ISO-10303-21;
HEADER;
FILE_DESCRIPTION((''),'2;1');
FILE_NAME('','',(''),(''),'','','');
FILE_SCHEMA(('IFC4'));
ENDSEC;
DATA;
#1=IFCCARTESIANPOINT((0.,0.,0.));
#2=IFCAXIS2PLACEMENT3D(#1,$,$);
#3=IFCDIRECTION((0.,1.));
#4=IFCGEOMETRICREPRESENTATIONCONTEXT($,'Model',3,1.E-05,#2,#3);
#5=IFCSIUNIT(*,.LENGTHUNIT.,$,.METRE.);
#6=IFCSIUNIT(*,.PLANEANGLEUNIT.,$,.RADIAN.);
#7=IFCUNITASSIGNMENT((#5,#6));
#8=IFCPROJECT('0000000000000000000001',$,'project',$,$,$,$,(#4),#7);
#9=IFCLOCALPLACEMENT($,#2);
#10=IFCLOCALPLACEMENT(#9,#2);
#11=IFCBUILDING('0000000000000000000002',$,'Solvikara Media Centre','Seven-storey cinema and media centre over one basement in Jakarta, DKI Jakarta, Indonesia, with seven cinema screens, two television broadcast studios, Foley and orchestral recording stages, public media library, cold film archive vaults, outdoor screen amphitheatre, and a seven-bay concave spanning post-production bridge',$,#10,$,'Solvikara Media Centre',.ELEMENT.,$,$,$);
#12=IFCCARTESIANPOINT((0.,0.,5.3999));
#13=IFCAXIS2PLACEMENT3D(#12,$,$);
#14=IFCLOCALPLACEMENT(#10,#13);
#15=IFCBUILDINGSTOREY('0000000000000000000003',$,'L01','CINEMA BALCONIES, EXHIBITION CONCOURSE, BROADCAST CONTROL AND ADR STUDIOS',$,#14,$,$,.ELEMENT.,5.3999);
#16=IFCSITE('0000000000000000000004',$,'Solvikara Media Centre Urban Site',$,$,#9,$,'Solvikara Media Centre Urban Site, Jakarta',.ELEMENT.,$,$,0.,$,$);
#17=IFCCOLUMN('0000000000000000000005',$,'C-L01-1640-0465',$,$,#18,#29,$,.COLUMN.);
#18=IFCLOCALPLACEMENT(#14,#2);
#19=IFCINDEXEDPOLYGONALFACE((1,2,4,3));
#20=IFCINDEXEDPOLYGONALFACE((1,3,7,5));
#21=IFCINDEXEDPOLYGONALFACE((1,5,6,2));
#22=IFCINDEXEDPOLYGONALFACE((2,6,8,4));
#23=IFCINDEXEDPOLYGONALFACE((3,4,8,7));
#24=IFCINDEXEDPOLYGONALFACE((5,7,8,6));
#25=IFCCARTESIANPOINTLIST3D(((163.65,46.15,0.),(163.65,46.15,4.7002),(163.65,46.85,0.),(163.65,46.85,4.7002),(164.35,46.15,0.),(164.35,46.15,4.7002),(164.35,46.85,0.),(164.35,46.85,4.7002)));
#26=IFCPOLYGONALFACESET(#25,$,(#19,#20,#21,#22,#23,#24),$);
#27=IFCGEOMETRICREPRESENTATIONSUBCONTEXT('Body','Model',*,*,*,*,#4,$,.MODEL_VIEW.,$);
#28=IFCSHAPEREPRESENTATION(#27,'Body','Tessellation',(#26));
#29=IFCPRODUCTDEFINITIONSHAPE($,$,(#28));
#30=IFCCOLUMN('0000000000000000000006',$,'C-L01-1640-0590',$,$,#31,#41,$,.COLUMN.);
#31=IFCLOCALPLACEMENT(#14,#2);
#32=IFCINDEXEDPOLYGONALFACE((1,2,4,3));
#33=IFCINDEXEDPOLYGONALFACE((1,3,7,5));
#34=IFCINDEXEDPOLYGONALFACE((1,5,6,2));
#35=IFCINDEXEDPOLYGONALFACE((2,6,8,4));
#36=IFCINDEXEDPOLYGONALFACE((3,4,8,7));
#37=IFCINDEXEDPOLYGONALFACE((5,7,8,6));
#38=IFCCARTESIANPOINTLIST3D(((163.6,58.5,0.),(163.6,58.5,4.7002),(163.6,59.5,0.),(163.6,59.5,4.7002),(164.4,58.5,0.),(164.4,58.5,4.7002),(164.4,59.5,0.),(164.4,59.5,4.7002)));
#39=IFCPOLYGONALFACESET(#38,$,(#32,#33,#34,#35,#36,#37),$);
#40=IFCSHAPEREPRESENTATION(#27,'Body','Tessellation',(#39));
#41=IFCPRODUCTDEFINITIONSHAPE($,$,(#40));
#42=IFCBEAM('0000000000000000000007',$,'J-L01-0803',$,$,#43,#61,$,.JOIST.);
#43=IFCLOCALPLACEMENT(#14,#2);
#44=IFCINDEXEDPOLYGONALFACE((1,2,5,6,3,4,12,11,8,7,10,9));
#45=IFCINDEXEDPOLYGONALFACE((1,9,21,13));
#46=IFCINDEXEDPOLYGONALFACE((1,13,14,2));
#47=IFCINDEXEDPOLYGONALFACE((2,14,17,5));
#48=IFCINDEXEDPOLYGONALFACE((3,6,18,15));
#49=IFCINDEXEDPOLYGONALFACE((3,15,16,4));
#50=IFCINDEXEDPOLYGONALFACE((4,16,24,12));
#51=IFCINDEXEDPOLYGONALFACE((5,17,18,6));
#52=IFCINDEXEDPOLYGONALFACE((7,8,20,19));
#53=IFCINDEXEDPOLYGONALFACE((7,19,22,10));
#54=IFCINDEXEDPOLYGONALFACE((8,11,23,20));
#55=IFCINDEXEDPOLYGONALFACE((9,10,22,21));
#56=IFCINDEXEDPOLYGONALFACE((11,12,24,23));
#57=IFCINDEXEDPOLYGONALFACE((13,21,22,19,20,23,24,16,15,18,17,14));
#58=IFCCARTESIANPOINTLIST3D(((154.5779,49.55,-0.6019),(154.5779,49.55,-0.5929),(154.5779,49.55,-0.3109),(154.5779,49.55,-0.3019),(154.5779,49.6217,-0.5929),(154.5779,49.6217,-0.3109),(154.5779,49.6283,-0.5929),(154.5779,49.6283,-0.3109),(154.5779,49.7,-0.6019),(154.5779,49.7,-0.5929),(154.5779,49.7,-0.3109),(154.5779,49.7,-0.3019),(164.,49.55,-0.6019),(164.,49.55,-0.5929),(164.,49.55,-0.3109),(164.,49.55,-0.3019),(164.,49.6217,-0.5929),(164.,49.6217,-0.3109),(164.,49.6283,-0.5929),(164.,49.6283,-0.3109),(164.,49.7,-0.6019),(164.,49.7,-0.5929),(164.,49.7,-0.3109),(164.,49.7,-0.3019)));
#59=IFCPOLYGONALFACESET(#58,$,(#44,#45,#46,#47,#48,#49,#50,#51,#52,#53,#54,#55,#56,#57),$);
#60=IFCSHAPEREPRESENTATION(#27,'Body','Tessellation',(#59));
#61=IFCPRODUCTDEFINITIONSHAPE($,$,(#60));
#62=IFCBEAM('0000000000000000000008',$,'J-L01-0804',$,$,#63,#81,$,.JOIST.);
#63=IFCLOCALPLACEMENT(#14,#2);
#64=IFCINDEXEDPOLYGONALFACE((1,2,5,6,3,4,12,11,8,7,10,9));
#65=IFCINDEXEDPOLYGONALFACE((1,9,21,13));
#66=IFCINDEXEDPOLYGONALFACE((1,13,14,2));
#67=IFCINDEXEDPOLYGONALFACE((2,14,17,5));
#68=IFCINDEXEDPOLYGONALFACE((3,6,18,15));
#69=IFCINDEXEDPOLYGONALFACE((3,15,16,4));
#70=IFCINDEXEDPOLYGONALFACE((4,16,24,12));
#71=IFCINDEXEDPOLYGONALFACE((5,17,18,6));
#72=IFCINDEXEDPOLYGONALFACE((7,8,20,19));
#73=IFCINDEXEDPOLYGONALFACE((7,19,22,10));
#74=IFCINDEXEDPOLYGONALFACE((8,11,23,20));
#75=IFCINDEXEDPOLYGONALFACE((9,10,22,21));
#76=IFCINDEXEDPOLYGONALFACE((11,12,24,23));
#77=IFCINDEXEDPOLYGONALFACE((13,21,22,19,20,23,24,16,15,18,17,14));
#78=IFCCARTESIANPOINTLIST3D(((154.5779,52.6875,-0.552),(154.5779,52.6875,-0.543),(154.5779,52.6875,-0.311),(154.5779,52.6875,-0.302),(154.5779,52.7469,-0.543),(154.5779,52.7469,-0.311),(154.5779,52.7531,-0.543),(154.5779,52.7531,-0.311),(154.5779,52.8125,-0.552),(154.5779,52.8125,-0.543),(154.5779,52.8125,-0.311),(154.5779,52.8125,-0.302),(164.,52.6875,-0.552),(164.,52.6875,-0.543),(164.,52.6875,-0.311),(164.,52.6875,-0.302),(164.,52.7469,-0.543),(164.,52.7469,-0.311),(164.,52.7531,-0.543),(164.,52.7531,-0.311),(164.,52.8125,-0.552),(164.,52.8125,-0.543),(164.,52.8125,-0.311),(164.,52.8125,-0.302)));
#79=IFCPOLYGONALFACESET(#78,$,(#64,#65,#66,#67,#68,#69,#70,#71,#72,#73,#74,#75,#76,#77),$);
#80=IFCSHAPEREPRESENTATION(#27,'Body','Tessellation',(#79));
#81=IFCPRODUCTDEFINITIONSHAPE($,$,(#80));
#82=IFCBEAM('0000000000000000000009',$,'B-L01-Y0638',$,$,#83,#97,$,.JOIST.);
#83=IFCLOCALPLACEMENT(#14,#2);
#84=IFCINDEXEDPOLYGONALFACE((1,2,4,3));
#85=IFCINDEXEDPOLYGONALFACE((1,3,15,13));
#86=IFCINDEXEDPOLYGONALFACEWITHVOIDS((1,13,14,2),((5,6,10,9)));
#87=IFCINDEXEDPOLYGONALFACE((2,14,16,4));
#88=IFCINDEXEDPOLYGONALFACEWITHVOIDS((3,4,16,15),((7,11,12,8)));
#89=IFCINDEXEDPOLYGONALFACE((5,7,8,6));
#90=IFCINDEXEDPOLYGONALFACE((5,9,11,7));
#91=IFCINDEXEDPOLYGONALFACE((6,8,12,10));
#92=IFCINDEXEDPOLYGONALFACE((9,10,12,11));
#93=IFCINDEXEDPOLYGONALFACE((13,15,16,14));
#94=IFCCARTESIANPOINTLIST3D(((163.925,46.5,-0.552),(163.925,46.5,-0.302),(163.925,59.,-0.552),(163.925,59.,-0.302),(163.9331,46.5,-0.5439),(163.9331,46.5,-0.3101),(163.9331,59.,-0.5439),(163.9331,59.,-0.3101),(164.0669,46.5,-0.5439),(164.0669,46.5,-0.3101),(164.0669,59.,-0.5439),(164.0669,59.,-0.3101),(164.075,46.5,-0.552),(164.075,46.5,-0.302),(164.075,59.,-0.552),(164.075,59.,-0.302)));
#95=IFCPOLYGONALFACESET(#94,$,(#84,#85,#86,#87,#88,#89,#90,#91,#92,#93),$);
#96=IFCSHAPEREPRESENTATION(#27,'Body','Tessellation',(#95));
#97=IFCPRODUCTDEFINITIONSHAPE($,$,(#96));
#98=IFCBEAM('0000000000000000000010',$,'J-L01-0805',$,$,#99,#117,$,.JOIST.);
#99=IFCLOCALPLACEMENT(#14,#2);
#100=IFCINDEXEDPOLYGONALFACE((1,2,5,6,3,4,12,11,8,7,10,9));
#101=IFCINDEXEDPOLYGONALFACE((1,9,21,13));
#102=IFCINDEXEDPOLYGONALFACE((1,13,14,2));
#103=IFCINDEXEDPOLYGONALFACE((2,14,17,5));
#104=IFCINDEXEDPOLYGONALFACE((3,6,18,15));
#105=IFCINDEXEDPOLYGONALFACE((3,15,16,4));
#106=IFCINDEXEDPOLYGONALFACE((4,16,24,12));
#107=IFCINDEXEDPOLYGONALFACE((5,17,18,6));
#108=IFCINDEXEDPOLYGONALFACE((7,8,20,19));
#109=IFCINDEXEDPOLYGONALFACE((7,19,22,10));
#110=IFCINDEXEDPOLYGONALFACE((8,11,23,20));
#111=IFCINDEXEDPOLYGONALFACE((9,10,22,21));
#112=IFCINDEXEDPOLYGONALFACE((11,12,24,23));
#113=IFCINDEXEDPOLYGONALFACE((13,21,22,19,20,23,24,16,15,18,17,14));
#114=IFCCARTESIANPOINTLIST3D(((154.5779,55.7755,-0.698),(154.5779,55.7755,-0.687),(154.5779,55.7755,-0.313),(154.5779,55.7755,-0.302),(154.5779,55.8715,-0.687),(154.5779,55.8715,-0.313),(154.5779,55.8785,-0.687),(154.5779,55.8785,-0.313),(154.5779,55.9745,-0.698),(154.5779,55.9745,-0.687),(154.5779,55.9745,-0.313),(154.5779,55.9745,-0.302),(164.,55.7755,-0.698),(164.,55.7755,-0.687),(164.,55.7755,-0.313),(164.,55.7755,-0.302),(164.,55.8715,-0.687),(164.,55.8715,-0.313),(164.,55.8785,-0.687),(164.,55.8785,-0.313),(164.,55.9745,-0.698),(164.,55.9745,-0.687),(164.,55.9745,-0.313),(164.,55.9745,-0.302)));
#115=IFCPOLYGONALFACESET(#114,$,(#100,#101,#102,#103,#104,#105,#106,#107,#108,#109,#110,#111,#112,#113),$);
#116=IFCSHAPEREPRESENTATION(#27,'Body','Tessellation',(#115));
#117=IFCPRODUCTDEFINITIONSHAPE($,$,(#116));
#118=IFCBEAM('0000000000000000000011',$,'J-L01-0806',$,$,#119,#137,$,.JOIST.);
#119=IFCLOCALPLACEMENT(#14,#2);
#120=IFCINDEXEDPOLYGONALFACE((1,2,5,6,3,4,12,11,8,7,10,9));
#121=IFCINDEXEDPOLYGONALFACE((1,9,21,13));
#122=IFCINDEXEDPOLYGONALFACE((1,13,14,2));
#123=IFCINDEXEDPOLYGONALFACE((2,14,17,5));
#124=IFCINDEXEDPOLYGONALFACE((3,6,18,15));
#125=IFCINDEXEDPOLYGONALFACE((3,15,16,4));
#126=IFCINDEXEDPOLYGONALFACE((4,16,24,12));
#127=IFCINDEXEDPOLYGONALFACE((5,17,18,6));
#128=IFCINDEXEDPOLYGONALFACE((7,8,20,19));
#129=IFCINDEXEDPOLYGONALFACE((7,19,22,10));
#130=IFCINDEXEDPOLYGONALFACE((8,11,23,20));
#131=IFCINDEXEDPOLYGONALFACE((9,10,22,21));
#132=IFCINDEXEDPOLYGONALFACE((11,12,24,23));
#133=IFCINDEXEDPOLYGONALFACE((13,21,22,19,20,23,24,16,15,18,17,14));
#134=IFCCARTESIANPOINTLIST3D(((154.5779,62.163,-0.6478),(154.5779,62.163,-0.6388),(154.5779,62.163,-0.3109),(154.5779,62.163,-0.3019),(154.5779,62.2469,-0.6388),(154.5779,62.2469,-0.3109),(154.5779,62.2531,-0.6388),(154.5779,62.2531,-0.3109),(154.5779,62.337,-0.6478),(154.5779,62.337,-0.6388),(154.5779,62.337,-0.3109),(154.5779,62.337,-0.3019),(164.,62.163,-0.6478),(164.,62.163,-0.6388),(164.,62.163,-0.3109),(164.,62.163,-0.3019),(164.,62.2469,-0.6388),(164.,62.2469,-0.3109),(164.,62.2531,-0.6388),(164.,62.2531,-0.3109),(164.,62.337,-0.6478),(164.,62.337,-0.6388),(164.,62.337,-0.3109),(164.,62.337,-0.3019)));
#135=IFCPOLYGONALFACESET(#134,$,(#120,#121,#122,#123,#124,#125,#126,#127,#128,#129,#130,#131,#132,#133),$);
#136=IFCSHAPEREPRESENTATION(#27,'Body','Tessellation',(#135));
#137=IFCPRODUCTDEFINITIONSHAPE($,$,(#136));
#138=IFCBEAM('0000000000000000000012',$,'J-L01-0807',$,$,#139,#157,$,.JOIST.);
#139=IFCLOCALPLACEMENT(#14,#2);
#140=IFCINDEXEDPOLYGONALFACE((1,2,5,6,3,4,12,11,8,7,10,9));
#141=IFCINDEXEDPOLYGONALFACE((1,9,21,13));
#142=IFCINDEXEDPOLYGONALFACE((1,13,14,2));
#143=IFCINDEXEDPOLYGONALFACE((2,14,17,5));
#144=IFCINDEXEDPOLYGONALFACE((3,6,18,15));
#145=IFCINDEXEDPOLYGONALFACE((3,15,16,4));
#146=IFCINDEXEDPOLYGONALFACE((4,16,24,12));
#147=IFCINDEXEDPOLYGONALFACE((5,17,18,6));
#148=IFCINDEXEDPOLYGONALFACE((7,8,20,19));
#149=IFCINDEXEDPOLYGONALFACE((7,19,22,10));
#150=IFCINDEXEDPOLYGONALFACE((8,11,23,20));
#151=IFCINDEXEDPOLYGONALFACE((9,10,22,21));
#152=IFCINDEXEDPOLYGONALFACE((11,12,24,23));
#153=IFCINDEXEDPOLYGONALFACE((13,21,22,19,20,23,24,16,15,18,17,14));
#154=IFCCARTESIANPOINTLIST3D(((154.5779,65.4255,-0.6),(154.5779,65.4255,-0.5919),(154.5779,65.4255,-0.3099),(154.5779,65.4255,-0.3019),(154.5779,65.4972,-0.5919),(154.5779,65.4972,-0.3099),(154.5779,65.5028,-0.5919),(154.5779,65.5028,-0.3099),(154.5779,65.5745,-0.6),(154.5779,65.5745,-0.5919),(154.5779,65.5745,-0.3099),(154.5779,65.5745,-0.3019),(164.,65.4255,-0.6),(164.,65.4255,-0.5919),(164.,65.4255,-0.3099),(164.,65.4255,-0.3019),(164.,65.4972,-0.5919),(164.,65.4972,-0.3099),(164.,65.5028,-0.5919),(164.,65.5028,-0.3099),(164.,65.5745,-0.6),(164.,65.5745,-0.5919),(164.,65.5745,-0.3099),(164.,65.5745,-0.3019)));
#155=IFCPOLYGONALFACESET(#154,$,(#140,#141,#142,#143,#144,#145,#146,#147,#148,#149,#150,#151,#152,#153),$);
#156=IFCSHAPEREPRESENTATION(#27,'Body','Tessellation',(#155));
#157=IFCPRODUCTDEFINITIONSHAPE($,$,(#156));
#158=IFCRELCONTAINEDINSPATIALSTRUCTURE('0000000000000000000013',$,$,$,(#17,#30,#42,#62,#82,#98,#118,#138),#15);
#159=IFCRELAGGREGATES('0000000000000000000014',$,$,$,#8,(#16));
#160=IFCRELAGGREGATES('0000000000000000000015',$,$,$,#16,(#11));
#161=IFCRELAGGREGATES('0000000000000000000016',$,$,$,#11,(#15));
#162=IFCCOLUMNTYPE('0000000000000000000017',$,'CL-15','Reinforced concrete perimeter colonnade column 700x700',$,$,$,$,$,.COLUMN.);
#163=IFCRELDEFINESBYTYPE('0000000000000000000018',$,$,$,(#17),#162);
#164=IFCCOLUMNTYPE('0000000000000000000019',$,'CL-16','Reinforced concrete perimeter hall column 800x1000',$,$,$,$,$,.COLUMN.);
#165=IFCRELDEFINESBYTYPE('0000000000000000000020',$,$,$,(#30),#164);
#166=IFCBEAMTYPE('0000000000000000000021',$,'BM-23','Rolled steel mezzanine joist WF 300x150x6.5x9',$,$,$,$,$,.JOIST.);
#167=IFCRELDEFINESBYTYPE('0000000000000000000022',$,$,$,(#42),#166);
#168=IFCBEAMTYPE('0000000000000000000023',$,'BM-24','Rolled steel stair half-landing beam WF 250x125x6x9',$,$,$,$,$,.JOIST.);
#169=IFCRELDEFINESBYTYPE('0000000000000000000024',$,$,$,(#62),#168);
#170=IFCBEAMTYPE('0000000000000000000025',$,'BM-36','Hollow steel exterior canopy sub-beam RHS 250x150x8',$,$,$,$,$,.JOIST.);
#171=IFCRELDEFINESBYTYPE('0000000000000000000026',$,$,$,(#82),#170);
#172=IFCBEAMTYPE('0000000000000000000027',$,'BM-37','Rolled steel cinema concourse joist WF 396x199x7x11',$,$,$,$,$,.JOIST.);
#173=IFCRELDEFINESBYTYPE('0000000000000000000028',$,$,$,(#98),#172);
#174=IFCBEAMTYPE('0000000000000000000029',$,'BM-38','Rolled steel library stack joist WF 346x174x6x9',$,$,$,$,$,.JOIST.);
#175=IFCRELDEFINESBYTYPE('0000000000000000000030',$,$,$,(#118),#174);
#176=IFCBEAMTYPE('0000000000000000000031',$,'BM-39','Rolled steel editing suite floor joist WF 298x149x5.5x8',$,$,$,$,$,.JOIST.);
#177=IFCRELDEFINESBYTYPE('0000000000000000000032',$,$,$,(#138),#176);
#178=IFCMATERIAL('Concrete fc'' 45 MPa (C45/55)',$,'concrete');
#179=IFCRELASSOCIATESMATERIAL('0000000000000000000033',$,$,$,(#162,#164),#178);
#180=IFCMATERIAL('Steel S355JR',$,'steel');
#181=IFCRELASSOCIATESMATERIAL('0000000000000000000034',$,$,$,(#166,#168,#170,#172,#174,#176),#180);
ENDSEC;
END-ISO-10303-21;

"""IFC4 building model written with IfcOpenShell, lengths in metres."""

from ifc_helpers import new_model, si_unit, direction, frame, origin, origin_2d, place, context, subcontext, project, spatial, rectangle, hollow_rectangle, i_section, extrude, material, material_profile, profile_set, type_object, element, save


model = new_model("IFC4")

# Units and contexts
model_context = context("Model", 3, precision=1e-05, world=origin(), true_north=direction((0.0, 1.0)))
body_context = subcontext(model_context, "Body", "Model", "MODEL_VIEW")
ifc_project = project(units=[si_unit("LENGTHUNIT", "METRE"), si_unit("PLANEANGLEUNIT", "RADIAN")], contexts=[model_context])

# Site, building, storey
site_placement = place(None, origin())
site = spatial("IfcSite", under=ifc_project, at=site_placement, Name="Solvikara Media Centre Urban Site", LongName="Solvikara Media Centre Urban Site, Jakarta", CompositionType="ELEMENT", RefElevation=0.0)
building_placement = place(site_placement, origin())
building = spatial("IfcBuilding", under=site, at=building_placement, Name="Solvikara Media Centre", Description="Seven-storey cinema and media centre over one basement in Jakarta, DKI Jakarta, Indonesia, with seven cinema screens, two television broadcast studios, Foley and orchestral recording stages, public media library, cold film archive vaults, outdoor screen amphitheatre, and a seven-bay concave spanning post-production bridge", LongName="Solvikara Media Centre", CompositionType="ELEMENT")
storey_placement = place(building_placement, frame((0.0, 0.0, 5.3999)))
storey = spatial("IfcBuildingStorey", under=building, at=storey_placement, Name="L01", Description="CINEMA BALCONIES, EXHIBITION CONCOURSE, BROADCAST CONTROL AND ADR STUDIOS", CompositionType="ELEMENT", Elevation=5.3999)

# Columns
ifc_material_1 = material(Name="Concrete fc' 45 MPa (C45/55)", Category="concrete")
ifc_material_profile_1 = material_profile(ifc_material_1, rectangle(XDim=0.7, YDim=0.7, at=origin_2d()), Name="RC 700x700")
ifc_profile_set_1 = profile_set([ifc_material_profile_1], Name="Concrete fc' 45 MPa (C45/55)")
column_type_1 = type_object("IfcColumnType", Name="CL-15", Description="Reinforced concrete perimeter colonnade column 700x700", PredefinedType="COLUMN", material=ifc_profile_set_1)
column_1_placement = place(storey_placement, frame((164.0, 46.5, 0.0), z_axis=(0.0, 0.0, 1.0), x_axis=(1.0, 0.0, 0.0)))
element("IfcColumn", 1, at=column_1_placement, inside=storey, type_object=column_type_1, Name="C-L01-1640-0465", PredefinedType="COLUMN", context=body_context, shape_type="SweptSolid", body=[
    extrude(rectangle(XDim=0.7, YDim=0.7, at=origin_2d()), origin(), (0.0, 0.0, 1.0), 4.7002),
])
ifc_material_profile_2 = material_profile(ifc_material_1, rectangle(XDim=0.8, YDim=1.0, at=origin_2d()), Name="RC 800x1000")
ifc_profile_set_2 = profile_set([ifc_material_profile_2], Name="Concrete fc' 45 MPa (C45/55)")
column_type_2 = type_object("IfcColumnType", Name="CL-16", Description="Reinforced concrete perimeter hall column 800x1000", PredefinedType="COLUMN", material=ifc_profile_set_2)
column_2_placement = place(storey_placement, frame((164.0, 59.0, 0.0), z_axis=(0.0, 0.0, 1.0), x_axis=(1.0, 0.0, 0.0)))
element("IfcColumn", 2, at=column_2_placement, inside=storey, type_object=column_type_2, Name="C-L01-1640-0590", PredefinedType="COLUMN", context=body_context, shape_type="SweptSolid", body=[
    extrude(rectangle(XDim=0.8, YDim=1.0, at=origin_2d()), origin(), (0.0, 0.0, 1.0), 4.7002),
])

# Beams
ifc_material_2 = material(Name="Steel S355JR", Category="steel")
ifc_material_profile_3 = material_profile(ifc_material_2, i_section(OverallWidth=0.1499, OverallDepth=0.3, WebThickness=0.0066, FlangeThickness=0.009, at=origin_2d()), Name="WF 300x150x6.5x9")
ifc_profile_set_3 = profile_set([ifc_material_profile_3], Name="Steel S355JR")
beam_type_1 = type_object("IfcBeamType", Name="BM-23", Description="Rolled steel mezzanine joist WF 300x150x6.5x9", PredefinedType="JOIST", material=ifc_profile_set_3)
beam_1_placement = place(storey_placement, frame((154.5779, 49.625, -0.4519), z_axis=(1.0, 0.0, 0.0), x_axis=(0.0, 1.0, 0.0)))
element("IfcBeam", 3, at=beam_1_placement, inside=storey, type_object=beam_type_1, Name="J-L01-0803", PredefinedType="JOIST", context=body_context, shape_type="SweptSolid", body=[
    extrude(i_section(OverallWidth=0.1499, OverallDepth=0.3, WebThickness=0.0066, FlangeThickness=0.009, at=origin_2d()), origin(), (0.0, 0.0, 1.0), 9.4221),
])
ifc_material_profile_4 = material_profile(ifc_material_2, i_section(OverallWidth=0.125, OverallDepth=0.25, WebThickness=0.0061, FlangeThickness=0.009, at=origin_2d()), Name="WF 250x125x6x9")
ifc_profile_set_4 = profile_set([ifc_material_profile_4], Name="Steel S355JR")
beam_type_2 = type_object("IfcBeamType", Name="BM-24", Description="Rolled steel stair half-landing beam WF 250x125x6x9", PredefinedType="JOIST", material=ifc_profile_set_4)
beam_2_placement = place(storey_placement, frame((154.5779, 52.75, -0.427), z_axis=(1.0, 0.0, 0.0), x_axis=(0.0, 1.0, 0.0)))
element("IfcBeam", 4, at=beam_2_placement, inside=storey, type_object=beam_type_2, Name="J-L01-0804", PredefinedType="JOIST", context=body_context, shape_type="SweptSolid", body=[
    extrude(i_section(OverallWidth=0.125, OverallDepth=0.25, WebThickness=0.0061, FlangeThickness=0.009, at=origin_2d()), origin(), (0.0, 0.0, 1.0), 9.4221),
])
ifc_material_profile_5 = material_profile(ifc_material_2, hollow_rectangle(XDim=0.1499, YDim=0.25, WallThickness=0.0081, at=origin_2d()), Name="RHS 250x150x8")
ifc_profile_set_5 = profile_set([ifc_material_profile_5], Name="Steel S355JR")
beam_type_3 = type_object("IfcBeamType", Name="BM-36", Description="Hollow steel exterior canopy sub-beam RHS 250x150x8", PredefinedType="JOIST", material=ifc_profile_set_5)
beam_3_placement = place(storey_placement, frame((164.0, 46.5, -0.427), z_axis=(0.0, 1.0, 0.0), x_axis=(-1.0, 0.0, 0.0)))
element("IfcBeam", 5, at=beam_3_placement, inside=storey, type_object=beam_type_3, Name="B-L01-Y0638", PredefinedType="JOIST", context=body_context, shape_type="SweptSolid", body=[
    extrude(hollow_rectangle(XDim=0.1499, YDim=0.25, WallThickness=0.0081, at=origin_2d()), origin(), (0.0, 0.0, 1.0), 12.5),
])
ifc_material_profile_6 = material_profile(ifc_material_2, i_section(OverallWidth=0.199, OverallDepth=0.396, WebThickness=0.0071, FlangeThickness=0.011, at=origin_2d()), Name="WF 396x199x7x11")
ifc_profile_set_6 = profile_set([ifc_material_profile_6], Name="Steel S355JR")
beam_type_4 = type_object("IfcBeamType", Name="BM-37", Description="Rolled steel cinema concourse joist WF 396x199x7x11", PredefinedType="JOIST", material=ifc_profile_set_6)
beam_4_placement = place(storey_placement, frame((154.5779, 55.875, -0.5), z_axis=(1.0, 0.0, 0.0), x_axis=(0.0, 1.0, 0.0)))
element("IfcBeam", 6, at=beam_4_placement, inside=storey, type_object=beam_type_4, Name="J-L01-0805", PredefinedType="JOIST", context=body_context, shape_type="SweptSolid", body=[
    extrude(i_section(OverallWidth=0.199, OverallDepth=0.396, WebThickness=0.0071, FlangeThickness=0.011, at=origin_2d()), origin(), (0.0, 0.0, 1.0), 9.4221),
])
ifc_material_profile_7 = material_profile(ifc_material_2, i_section(OverallWidth=0.1741, OverallDepth=0.3459, WebThickness=0.0061, FlangeThickness=0.009, at=origin_2d()), Name="WF 346x174x6x9")
ifc_profile_set_7 = profile_set([ifc_material_profile_7], Name="Steel S355JR")
beam_type_5 = type_object("IfcBeamType", Name="BM-38", Description="Rolled steel library stack joist WF 346x174x6x9", PredefinedType="JOIST", material=ifc_profile_set_7)
beam_5_placement = place(storey_placement, frame((154.5779, 62.25, -0.4749), z_axis=(1.0, 0.0, 0.0), x_axis=(0.0, 1.0, 0.0)))
element("IfcBeam", 7, at=beam_5_placement, inside=storey, type_object=beam_type_5, Name="J-L01-0806", PredefinedType="JOIST", context=body_context, shape_type="SweptSolid", body=[
    extrude(i_section(OverallWidth=0.1741, OverallDepth=0.3459, WebThickness=0.0061, FlangeThickness=0.009, at=origin_2d()), origin(), (0.0, 0.0, 1.0), 9.4221),
])
ifc_material_profile_8 = material_profile(ifc_material_2, i_section(OverallWidth=0.1489, OverallDepth=0.2981, WebThickness=0.0056, FlangeThickness=0.0081, at=origin_2d()), Name="WF 298x149x5.5x8")
ifc_profile_set_8 = profile_set([ifc_material_profile_8], Name="Steel S355JR")
beam_type_6 = type_object("IfcBeamType", Name="BM-39", Description="Rolled steel editing suite floor joist WF 298x149x5.5x8", PredefinedType="JOIST", material=ifc_profile_set_8)
beam_6_placement = place(storey_placement, frame((154.5779, 65.5, -0.4509), z_axis=(1.0, 0.0, 0.0), x_axis=(0.0, 1.0, 0.0)))
element("IfcBeam", 8, at=beam_6_placement, inside=storey, type_object=beam_type_6, Name="J-L01-0807", PredefinedType="JOIST", context=body_context, shape_type="SweptSolid", body=[
    extrude(i_section(OverallWidth=0.1489, OverallDepth=0.2981, WebThickness=0.0056, FlangeThickness=0.0081, at=origin_2d()), origin(), (0.0, 0.0, 1.0), 9.4221),
])

save(model, "model.ifc")
